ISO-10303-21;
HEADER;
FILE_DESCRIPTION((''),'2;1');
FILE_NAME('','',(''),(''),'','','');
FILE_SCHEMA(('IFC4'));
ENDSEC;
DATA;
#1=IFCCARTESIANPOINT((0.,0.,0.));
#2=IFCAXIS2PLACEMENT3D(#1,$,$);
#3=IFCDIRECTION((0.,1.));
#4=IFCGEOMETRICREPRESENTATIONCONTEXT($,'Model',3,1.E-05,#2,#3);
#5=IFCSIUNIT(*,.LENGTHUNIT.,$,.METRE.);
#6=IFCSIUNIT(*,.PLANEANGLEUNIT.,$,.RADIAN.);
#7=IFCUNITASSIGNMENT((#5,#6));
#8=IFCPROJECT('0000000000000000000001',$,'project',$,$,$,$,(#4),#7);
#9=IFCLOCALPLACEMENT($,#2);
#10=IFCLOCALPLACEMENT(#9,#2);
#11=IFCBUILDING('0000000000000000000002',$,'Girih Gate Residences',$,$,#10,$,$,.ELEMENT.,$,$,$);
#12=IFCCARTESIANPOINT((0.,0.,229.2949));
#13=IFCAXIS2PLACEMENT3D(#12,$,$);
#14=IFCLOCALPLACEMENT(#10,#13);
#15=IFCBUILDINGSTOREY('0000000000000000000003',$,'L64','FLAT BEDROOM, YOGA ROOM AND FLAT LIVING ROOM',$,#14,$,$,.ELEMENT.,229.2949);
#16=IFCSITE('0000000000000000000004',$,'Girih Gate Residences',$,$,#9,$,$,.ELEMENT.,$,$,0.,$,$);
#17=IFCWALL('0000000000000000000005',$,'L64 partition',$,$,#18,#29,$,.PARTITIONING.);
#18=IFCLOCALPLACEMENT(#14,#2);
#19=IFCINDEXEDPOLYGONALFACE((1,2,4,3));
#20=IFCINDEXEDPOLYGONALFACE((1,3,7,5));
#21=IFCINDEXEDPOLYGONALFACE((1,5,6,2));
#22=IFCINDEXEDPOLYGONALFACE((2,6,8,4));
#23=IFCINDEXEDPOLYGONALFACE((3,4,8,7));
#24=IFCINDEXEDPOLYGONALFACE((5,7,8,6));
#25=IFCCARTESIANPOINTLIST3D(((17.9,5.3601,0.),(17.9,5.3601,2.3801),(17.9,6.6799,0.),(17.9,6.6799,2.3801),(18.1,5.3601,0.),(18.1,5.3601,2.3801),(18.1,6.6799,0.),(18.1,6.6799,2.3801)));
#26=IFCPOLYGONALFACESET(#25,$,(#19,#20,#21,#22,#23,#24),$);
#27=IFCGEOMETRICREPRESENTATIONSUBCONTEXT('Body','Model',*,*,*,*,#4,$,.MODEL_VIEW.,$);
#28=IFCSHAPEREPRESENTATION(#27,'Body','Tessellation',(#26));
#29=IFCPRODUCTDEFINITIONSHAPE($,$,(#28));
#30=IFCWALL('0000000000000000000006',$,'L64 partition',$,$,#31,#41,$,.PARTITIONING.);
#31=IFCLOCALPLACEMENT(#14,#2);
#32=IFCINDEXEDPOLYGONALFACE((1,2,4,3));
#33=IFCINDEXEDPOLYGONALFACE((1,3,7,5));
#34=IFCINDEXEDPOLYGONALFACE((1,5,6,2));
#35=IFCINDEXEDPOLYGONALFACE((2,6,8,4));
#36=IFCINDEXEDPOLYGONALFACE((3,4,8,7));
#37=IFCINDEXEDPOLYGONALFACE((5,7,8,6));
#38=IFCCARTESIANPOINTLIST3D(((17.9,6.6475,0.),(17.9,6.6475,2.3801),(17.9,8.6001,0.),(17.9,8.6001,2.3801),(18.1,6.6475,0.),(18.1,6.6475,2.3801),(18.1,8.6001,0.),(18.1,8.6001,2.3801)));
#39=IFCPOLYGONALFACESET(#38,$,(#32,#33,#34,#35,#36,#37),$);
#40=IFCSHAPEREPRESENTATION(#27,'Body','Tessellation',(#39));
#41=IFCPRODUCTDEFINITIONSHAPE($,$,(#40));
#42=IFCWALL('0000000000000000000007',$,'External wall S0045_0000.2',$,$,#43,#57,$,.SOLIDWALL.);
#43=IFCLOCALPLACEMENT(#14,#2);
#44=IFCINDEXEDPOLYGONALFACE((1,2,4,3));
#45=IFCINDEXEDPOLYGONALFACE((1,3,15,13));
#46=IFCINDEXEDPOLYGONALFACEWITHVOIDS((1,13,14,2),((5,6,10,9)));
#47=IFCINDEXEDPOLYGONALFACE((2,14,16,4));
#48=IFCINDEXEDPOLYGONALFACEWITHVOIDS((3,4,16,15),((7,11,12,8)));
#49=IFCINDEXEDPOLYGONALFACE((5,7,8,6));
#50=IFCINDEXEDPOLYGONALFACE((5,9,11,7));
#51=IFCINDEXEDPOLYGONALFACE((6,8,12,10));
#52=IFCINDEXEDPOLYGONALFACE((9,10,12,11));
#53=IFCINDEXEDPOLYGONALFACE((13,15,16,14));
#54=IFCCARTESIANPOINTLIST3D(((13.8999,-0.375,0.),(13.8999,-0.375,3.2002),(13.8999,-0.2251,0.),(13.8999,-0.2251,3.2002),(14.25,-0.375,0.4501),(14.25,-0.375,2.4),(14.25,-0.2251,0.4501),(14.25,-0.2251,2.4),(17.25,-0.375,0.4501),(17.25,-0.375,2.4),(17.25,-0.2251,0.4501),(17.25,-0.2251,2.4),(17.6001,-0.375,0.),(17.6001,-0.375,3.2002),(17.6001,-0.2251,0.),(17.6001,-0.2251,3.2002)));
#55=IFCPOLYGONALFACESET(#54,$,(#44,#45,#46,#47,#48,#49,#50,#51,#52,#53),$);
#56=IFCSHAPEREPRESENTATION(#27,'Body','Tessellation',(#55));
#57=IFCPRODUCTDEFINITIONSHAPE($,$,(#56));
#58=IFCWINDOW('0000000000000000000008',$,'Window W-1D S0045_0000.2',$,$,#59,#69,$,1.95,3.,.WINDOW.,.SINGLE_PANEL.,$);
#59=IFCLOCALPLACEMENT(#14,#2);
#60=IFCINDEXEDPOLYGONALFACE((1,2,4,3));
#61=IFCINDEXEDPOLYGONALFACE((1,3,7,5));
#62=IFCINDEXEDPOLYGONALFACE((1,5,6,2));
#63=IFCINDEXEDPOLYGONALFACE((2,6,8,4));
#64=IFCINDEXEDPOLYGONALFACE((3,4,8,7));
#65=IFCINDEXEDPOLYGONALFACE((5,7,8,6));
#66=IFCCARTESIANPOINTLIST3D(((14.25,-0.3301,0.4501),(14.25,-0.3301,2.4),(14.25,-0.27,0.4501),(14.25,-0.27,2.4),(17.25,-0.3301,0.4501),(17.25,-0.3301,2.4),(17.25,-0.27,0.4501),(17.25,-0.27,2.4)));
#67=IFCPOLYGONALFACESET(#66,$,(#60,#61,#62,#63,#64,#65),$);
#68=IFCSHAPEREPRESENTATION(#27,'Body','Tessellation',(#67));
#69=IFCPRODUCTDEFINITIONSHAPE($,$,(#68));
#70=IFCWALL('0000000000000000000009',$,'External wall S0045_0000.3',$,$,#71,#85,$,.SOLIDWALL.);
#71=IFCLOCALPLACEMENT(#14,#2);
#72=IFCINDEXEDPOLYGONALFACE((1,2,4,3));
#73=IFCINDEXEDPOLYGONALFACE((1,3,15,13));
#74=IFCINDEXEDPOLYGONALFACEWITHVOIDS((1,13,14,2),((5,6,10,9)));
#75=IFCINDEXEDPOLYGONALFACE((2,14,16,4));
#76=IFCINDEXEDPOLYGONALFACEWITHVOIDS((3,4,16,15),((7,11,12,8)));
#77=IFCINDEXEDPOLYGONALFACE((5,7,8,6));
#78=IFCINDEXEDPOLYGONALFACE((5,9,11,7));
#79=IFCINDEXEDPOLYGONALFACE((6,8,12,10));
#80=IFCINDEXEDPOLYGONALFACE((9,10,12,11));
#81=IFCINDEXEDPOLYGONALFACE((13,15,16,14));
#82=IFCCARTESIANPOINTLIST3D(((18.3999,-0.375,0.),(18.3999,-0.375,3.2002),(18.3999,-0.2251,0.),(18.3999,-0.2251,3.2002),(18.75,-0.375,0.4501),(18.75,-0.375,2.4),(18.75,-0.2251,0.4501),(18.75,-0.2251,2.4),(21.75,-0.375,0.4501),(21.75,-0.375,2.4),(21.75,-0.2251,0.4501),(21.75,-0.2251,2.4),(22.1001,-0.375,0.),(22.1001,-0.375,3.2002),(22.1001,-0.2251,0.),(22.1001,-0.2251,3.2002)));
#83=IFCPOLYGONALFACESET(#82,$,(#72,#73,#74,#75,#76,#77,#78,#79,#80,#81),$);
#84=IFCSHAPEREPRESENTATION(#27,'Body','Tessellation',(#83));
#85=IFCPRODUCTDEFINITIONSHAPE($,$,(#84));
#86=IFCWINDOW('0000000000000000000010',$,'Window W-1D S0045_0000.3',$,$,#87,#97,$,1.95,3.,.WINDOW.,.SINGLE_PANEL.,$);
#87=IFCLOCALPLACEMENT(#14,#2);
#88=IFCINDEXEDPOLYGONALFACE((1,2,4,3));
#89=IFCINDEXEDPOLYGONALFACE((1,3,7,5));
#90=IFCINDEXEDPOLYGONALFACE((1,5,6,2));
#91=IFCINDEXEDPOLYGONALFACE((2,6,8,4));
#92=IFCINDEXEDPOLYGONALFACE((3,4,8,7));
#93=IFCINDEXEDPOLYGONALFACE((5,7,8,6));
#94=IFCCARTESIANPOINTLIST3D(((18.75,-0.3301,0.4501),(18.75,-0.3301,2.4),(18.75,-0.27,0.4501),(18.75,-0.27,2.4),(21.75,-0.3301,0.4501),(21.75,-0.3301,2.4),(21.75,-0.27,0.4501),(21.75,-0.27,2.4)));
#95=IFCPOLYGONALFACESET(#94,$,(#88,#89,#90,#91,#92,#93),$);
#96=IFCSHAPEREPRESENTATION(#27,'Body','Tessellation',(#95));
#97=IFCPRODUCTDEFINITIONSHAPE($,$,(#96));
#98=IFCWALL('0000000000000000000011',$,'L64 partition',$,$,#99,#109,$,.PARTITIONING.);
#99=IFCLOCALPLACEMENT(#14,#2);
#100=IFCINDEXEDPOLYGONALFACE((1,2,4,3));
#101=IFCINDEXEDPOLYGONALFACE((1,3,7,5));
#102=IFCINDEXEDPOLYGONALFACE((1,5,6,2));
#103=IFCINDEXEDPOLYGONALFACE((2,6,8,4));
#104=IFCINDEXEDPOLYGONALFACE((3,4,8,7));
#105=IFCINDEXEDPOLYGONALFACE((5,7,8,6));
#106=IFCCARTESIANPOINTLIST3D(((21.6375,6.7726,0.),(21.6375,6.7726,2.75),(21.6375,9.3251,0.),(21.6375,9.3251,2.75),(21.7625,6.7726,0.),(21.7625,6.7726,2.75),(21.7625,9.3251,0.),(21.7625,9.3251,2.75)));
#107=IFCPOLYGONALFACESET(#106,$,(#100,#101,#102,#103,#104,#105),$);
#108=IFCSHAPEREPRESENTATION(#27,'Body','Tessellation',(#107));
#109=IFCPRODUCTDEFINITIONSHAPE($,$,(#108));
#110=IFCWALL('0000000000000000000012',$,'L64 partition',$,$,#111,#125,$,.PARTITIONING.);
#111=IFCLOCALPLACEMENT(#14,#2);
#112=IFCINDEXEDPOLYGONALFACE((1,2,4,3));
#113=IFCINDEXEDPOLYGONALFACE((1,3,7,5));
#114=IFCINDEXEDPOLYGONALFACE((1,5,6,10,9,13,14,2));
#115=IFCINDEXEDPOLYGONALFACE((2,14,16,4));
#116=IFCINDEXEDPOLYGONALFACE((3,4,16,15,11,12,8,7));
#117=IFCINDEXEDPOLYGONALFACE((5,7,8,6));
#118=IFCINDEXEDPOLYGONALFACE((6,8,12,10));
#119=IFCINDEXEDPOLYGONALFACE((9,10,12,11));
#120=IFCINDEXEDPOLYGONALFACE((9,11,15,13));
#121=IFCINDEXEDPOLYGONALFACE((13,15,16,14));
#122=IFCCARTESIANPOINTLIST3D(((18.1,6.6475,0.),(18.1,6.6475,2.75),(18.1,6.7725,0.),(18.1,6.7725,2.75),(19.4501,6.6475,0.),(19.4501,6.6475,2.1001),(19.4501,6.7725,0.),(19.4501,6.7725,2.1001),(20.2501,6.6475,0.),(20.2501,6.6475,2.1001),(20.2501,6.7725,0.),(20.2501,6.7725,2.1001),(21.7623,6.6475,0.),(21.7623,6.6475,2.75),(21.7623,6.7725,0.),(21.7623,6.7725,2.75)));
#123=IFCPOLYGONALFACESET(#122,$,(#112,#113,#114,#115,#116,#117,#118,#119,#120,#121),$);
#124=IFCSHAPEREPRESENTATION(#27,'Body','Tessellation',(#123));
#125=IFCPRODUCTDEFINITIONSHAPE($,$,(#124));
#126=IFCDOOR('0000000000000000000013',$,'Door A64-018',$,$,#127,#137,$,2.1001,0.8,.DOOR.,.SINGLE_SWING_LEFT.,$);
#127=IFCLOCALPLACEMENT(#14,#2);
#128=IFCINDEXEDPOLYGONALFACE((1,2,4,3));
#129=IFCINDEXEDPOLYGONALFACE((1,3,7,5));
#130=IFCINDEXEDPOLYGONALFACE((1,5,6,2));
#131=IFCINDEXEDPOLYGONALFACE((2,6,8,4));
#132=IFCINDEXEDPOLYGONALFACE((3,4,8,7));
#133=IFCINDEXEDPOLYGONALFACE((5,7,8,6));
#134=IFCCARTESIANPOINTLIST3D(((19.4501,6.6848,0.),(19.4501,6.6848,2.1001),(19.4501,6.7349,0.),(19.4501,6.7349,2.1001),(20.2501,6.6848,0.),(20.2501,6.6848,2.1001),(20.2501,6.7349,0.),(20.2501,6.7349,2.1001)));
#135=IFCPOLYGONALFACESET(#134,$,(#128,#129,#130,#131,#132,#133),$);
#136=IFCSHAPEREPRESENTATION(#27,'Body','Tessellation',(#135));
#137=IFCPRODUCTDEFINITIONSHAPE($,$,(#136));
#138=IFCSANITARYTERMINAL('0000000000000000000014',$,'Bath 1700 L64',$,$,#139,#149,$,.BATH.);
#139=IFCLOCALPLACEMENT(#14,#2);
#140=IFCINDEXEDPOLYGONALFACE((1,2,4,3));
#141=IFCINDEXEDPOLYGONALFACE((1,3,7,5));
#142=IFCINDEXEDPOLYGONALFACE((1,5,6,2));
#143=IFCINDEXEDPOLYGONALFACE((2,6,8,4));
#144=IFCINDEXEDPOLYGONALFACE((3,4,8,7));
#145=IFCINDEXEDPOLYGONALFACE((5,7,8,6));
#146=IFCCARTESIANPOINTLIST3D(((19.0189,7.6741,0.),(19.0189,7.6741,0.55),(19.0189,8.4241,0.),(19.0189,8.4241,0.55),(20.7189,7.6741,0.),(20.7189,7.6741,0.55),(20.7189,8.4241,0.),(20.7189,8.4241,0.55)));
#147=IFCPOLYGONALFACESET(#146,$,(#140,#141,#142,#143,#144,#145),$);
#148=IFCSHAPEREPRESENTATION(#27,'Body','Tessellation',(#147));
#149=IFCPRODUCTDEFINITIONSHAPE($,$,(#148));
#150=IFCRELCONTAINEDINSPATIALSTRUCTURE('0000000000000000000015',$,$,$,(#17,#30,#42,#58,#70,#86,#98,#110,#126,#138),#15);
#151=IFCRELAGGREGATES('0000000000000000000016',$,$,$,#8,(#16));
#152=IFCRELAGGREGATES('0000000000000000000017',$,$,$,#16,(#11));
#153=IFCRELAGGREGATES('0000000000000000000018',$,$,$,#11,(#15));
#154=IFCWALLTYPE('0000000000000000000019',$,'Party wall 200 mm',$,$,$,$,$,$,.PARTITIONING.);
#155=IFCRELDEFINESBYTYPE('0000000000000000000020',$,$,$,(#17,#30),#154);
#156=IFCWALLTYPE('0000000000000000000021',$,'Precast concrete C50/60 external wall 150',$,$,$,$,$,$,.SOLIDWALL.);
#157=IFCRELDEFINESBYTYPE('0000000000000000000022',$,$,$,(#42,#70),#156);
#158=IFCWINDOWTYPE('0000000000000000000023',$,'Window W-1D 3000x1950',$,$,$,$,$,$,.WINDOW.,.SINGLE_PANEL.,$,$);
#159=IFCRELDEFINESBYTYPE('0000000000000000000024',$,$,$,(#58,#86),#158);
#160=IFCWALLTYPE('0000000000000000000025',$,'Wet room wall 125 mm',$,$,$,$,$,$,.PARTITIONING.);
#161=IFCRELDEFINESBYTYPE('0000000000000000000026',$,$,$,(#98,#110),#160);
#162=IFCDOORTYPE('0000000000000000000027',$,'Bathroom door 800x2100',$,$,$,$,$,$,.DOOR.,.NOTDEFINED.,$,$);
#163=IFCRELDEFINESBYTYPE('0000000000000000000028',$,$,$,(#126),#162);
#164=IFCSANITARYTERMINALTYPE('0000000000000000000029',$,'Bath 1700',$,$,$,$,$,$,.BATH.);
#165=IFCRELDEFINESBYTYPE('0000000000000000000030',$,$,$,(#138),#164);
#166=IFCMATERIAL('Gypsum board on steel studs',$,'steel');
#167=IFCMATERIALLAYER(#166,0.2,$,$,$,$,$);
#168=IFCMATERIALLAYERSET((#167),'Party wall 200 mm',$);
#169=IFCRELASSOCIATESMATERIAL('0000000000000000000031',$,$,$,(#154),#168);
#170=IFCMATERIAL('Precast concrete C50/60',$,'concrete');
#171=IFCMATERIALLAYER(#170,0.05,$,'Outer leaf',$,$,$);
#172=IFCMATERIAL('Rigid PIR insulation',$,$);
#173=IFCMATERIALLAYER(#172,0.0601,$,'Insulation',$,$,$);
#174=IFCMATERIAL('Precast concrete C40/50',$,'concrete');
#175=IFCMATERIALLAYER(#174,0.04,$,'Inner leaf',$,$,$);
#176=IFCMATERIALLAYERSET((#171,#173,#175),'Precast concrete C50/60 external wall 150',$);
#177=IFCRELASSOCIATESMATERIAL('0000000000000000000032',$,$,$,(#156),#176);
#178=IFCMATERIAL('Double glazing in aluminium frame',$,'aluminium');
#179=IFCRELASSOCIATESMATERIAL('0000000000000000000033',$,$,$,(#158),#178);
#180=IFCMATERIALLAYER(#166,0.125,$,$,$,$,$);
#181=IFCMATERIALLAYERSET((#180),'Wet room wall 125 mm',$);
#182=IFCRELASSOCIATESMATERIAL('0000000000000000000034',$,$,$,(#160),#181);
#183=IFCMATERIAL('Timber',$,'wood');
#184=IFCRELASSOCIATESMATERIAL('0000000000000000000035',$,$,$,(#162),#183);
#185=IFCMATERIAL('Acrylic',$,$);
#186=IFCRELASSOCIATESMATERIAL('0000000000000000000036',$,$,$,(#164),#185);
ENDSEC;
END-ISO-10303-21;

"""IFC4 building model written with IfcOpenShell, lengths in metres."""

from ifc_helpers import new_model, si_unit, direction, frame, frame_2d, origin, origin_2d, place, context, subcontext, project, spatial, rectangle, extrude, material, layer, layer_set, type_object, element, fill, save


model = new_model("IFC4")

# Units and contexts
model_context = context("Model", 3, precision=1e-05, world=origin(), true_north=direction((0.0, 1.0)))
body_context = subcontext(model_context, "Body", "Model", "MODEL_VIEW")
ifc_project = project(units=[si_unit("LENGTHUNIT", "METRE"), si_unit("PLANEANGLEUNIT", "RADIAN")], contexts=[model_context])

# Site, building, storey
site_placement = place(None, origin())
site = spatial("IfcSite", under=ifc_project, at=site_placement, Name="Girih Gate Residences", CompositionType="ELEMENT", RefElevation=0.0)
building_placement = place(site_placement, origin())
building = spatial("IfcBuilding", under=site, at=building_placement, Name="Girih Gate Residences", CompositionType="ELEMENT")
storey_placement = place(building_placement, frame((0.0, 0.0, 229.2949)))
storey = spatial("IfcBuildingStorey", under=building, at=storey_placement, Name="L64", Description="FLAT BEDROOM, YOGA ROOM AND FLAT LIVING ROOM", CompositionType="ELEMENT", Elevation=229.2949)

# Shared definitions
ifc_material_1 = material(Name="Gypsum board on steel studs", Category="steel")
ifc_material_2 = material(Name="Timber", Category="wood")

# Walls
ifc_layer_1 = layer(ifc_material_1, 0.2)
ifc_layer_set_1 = layer_set([ifc_layer_1], Name="Party wall 200 mm")
wall_type_1 = type_object("IfcWallType", Name="Party wall 200 mm", PredefinedType="PARTITIONING", material=ifc_layer_set_1)
wall_1_placement = place(storey_placement, frame((18.0, 5.3601, 0.0), z_axis=(0.0, 0.0, 1.0), x_axis=(0.0, 1.0, 0.0)))
element("IfcWall", 1, at=wall_1_placement, inside=storey, type_object=wall_type_1, Name="L64 partition", PredefinedType="PARTITIONING", context=body_context, shape_type="SweptSolid", body=[
    extrude(rectangle(XDim=1.3198, YDim=0.2, at=frame_2d((0.6599, 0.0))), origin(), (0.0, 0.0, 1.0), 2.3801),
])
wall_2_placement = place(storey_placement, frame((18.0, 6.6475, 0.0), z_axis=(0.0, 0.0, 1.0), x_axis=(0.0, 1.0, 0.0)))
element("IfcWall", 2, at=wall_2_placement, inside=storey, type_object=wall_type_1, Name="L64 partition", PredefinedType="PARTITIONING", context=body_context, shape_type="SweptSolid", body=[
    extrude(rectangle(XDim=1.9526, YDim=0.2, at=frame_2d((0.9763, 0.0))), origin(), (0.0, 0.0, 1.0), 2.3801),
])

# Walls, openings, windows
ifc_material_3 = material(Name="Precast concrete C50/60", Category="concrete")
ifc_layer_2 = layer(ifc_material_3, 0.05, Name="Outer leaf")
ifc_material_4 = material(Name="Rigid PIR insulation")
ifc_layer_3 = layer(ifc_material_4, 0.0601, Name="Insulation")
ifc_material_5 = material(Name="Precast concrete C40/50", Category="concrete")
ifc_layer_4 = layer(ifc_material_5, 0.04, Name="Inner leaf")
ifc_layer_set_2 = layer_set([ifc_layer_2, ifc_layer_3, ifc_layer_4], Name="Precast concrete C50/60 external wall 150")
wall_type_2 = type_object("IfcWallType", Name="Precast concrete C50/60 external wall 150", PredefinedType="SOLIDWALL", material=ifc_layer_set_2)
wall_3_placement = place(storey_placement, frame((17.6001, -0.3, 0.0), z_axis=(0.0, 0.0, 1.0), x_axis=(-1.0, 0.0, 0.0)))
wall_3 = element("IfcWall", 3, at=wall_3_placement, inside=storey, type_object=wall_type_2, Name="External wall S0045_0000.2", PredefinedType="SOLIDWALL", context=body_context, shape_type="SweptSolid", body=[
    extrude(rectangle(XDim=3.7002, YDim=0.1499, at=frame_2d((1.8501, 0.0))), origin(), (0.0, 0.0, 1.0), 3.2002),
])
opening_1_placement = place(wall_3_placement, frame((0.3501, 0.0, 0.45)))
opening_1 = element("IfcOpeningElement", 4, at=opening_1_placement, cuts=wall_3, PredefinedType="OPENING", context=body_context, shape_type="SweptSolid", body=[
    extrude(rectangle(XDim=3.0, YDim=1.95, at=frame_2d((1.5, 0.9751))), frame((0.0, 0.085, 0.0), z_axis=(0.0, -1.0, 0.0), x_axis=(1.0, 0.0, 0.0)), (0.0, 0.0, 1.0), 0.1699),
])
ifc_material_6 = material(Name="Double glazing in aluminium frame", Category="aluminium")
window_type = type_object("IfcWindowType", Name="Window W-1D 3000x1950", PartitioningType="SINGLE_PANEL", PredefinedType="WINDOW", material=ifc_material_6)
window_1_placement = place(opening_1_placement, origin())
window_1 = element("IfcWindow", 5, at=window_1_placement, inside=storey, type_object=window_type, Name="Window W-1D S0045_0000.2", OverallHeight=1.95, OverallWidth=3.0, PartitioningType="SINGLE_PANEL", PredefinedType="WINDOW", context=body_context, shape_type="SweptSolid", body=[
    extrude(rectangle(XDim=3.0, YDim=1.95, at=frame_2d((1.5, 0.9751))), frame((0.0, 0.03, 0.0), z_axis=(0.0, -1.0, 0.0), x_axis=(1.0, 0.0, 0.0)), (0.0, 0.0, 1.0), 0.0601),
])
fill(opening_1, window_1)
wall_4_placement = place(storey_placement, frame((22.1001, -0.3, 0.0), z_axis=(0.0, 0.0, 1.0), x_axis=(-1.0, 0.0, 0.0)))
wall_4 = element("IfcWall", 6, at=wall_4_placement, inside=storey, type_object=wall_type_2, Name="External wall S0045_0000.3", PredefinedType="SOLIDWALL", context=body_context, shape_type="SweptSolid", body=[
    extrude(rectangle(XDim=3.7002, YDim=0.1499, at=frame_2d((1.8501, 0.0))), origin(), (0.0, 0.0, 1.0), 3.2002),
])
opening_2_placement = place(wall_4_placement, frame((0.3501, 0.0, 0.45)))
opening_2 = element("IfcOpeningElement", 7, at=opening_2_placement, cuts=wall_4, PredefinedType="OPENING", context=body_context, shape_type="SweptSolid", body=[
    extrude(rectangle(XDim=3.0, YDim=1.95, at=frame_2d((1.5, 0.9751))), frame((0.0, 0.085, 0.0), z_axis=(0.0, -1.0, 0.0), x_axis=(1.0, 0.0, 0.0)), (0.0, 0.0, 1.0), 0.1699),
])
window_2_placement = place(opening_2_placement, origin())
window_2 = element("IfcWindow", 8, at=window_2_placement, inside=storey, type_object=window_type, Name="Window W-1D S0045_0000.3", OverallHeight=1.95, OverallWidth=3.0, PartitioningType="SINGLE_PANEL", PredefinedType="WINDOW", context=body_context, shape_type="SweptSolid", body=[
    extrude(rectangle(XDim=3.0, YDim=1.95, at=frame_2d((1.5, 0.9751))), frame((0.0, 0.03, 0.0), z_axis=(0.0, -1.0, 0.0), x_axis=(1.0, 0.0, 0.0)), (0.0, 0.0, 1.0), 0.0601),
])
fill(opening_2, window_2)

# Wall
ifc_layer_5 = layer(ifc_material_1, 0.125)
ifc_layer_set_3 = layer_set([ifc_layer_5], Name="Wet room wall 125 mm")
wall_type_3 = type_object("IfcWallType", Name="Wet room wall 125 mm", PredefinedType="PARTITIONING", material=ifc_layer_set_3)
wall_5_placement = place(storey_placement, frame((21.7, 6.7725, 0.0), z_axis=(0.0, 0.0, 1.0), x_axis=(0.0, 1.0, 0.0)))
element("IfcWall", 9, at=wall_5_placement, inside=storey, type_object=wall_type_3, Name="L64 partition", PredefinedType="PARTITIONING", context=body_context, shape_type="SweptSolid", body=[
    extrude(rectangle(XDim=2.5525, YDim=0.125, at=frame_2d((1.2764, 0.0))), origin(), (0.0, 0.0, 1.0), 2.75),
])

# Wall, opening, door
wall_6_placement = place(storey_placement, frame((18.1001, 6.71, 0.0), z_axis=(0.0, 0.0, 1.0), x_axis=(1.0, 0.0, 0.0)))
wall_6 = element("IfcWall", 10, at=wall_6_placement, inside=storey, type_object=wall_type_3, Name="L64 partition", PredefinedType="PARTITIONING", context=body_context, shape_type="SweptSolid", body=[
    extrude(rectangle(XDim=3.6624, YDim=0.125, at=frame_2d((1.8311, 0.0))), origin(), (0.0, 0.0, 1.0), 2.75),
])
opening_3_placement = place(wall_6_placement, frame((1.3501, 0.0, 0.0)))
opening_3 = element("IfcOpeningElement", 11, at=opening_3_placement, cuts=wall_6, PredefinedType="OPENING", context=body_context, shape_type="SweptSolid", body=[
    extrude(rectangle(XDim=0.8, YDim=2.1001, at=frame_2d((0.3999, 1.05))), frame((0.0, 0.0725, 0.0), z_axis=(0.0, -1.0, 0.0), x_axis=(1.0, 0.0, 0.0)), (0.0, 0.0, 1.0), 0.145),
])
door_type_1 = type_object("IfcDoorType", Name="Bathroom door 800x2100", OperationType="NOTDEFINED", PredefinedType="DOOR", material=ifc_material_2)
door_1_placement = place(opening_3_placement, origin())
door_1 = element("IfcDoor", 12, at=door_1_placement, inside=storey, type_object=door_type_1, Name="Door A64-018", OperationType="SINGLE_SWING_LEFT", OverallHeight=2.1001, OverallWidth=0.8, PredefinedType="DOOR", context=body_context, shape_type="SweptSolid", body=[
    extrude(rectangle(XDim=0.8, YDim=2.1001, at=frame_2d((0.3999, 1.05))), frame((0.0, 0.0249, 0.0), z_axis=(0.0, -1.0, 0.0), x_axis=(1.0, 0.0, 0.0)), (0.0, 0.0, 1.0), 0.05),
])
fill(opening_3, door_1)

# Sanitary terminal
ifc_material_7 = material(Name="Acrylic")
sanitary_terminal_type = type_object("IfcSanitaryTerminalType", Name="Bath 1700", PredefinedType="BATH", material=ifc_material_7)
sanitary_terminal_placement = place(storey_placement, frame((19.8689, 8.0491, 0.0), z_axis=(0.0, 0.0, 1.0), x_axis=(1.0, 0.0, 0.0)))
element("IfcSanitaryTerminal", 13, at=sanitary_terminal_placement, inside=storey, type_object=sanitary_terminal_type, Name="Bath 1700 L64", PredefinedType="BATH", context=body_context, shape_type="SweptSolid", body=[
    extrude(rectangle(XDim=1.7, YDim=0.75, at=origin_2d()), origin(), (0.0, 0.0, 1.0), 0.55),
])

save(model, "model.ifc")
